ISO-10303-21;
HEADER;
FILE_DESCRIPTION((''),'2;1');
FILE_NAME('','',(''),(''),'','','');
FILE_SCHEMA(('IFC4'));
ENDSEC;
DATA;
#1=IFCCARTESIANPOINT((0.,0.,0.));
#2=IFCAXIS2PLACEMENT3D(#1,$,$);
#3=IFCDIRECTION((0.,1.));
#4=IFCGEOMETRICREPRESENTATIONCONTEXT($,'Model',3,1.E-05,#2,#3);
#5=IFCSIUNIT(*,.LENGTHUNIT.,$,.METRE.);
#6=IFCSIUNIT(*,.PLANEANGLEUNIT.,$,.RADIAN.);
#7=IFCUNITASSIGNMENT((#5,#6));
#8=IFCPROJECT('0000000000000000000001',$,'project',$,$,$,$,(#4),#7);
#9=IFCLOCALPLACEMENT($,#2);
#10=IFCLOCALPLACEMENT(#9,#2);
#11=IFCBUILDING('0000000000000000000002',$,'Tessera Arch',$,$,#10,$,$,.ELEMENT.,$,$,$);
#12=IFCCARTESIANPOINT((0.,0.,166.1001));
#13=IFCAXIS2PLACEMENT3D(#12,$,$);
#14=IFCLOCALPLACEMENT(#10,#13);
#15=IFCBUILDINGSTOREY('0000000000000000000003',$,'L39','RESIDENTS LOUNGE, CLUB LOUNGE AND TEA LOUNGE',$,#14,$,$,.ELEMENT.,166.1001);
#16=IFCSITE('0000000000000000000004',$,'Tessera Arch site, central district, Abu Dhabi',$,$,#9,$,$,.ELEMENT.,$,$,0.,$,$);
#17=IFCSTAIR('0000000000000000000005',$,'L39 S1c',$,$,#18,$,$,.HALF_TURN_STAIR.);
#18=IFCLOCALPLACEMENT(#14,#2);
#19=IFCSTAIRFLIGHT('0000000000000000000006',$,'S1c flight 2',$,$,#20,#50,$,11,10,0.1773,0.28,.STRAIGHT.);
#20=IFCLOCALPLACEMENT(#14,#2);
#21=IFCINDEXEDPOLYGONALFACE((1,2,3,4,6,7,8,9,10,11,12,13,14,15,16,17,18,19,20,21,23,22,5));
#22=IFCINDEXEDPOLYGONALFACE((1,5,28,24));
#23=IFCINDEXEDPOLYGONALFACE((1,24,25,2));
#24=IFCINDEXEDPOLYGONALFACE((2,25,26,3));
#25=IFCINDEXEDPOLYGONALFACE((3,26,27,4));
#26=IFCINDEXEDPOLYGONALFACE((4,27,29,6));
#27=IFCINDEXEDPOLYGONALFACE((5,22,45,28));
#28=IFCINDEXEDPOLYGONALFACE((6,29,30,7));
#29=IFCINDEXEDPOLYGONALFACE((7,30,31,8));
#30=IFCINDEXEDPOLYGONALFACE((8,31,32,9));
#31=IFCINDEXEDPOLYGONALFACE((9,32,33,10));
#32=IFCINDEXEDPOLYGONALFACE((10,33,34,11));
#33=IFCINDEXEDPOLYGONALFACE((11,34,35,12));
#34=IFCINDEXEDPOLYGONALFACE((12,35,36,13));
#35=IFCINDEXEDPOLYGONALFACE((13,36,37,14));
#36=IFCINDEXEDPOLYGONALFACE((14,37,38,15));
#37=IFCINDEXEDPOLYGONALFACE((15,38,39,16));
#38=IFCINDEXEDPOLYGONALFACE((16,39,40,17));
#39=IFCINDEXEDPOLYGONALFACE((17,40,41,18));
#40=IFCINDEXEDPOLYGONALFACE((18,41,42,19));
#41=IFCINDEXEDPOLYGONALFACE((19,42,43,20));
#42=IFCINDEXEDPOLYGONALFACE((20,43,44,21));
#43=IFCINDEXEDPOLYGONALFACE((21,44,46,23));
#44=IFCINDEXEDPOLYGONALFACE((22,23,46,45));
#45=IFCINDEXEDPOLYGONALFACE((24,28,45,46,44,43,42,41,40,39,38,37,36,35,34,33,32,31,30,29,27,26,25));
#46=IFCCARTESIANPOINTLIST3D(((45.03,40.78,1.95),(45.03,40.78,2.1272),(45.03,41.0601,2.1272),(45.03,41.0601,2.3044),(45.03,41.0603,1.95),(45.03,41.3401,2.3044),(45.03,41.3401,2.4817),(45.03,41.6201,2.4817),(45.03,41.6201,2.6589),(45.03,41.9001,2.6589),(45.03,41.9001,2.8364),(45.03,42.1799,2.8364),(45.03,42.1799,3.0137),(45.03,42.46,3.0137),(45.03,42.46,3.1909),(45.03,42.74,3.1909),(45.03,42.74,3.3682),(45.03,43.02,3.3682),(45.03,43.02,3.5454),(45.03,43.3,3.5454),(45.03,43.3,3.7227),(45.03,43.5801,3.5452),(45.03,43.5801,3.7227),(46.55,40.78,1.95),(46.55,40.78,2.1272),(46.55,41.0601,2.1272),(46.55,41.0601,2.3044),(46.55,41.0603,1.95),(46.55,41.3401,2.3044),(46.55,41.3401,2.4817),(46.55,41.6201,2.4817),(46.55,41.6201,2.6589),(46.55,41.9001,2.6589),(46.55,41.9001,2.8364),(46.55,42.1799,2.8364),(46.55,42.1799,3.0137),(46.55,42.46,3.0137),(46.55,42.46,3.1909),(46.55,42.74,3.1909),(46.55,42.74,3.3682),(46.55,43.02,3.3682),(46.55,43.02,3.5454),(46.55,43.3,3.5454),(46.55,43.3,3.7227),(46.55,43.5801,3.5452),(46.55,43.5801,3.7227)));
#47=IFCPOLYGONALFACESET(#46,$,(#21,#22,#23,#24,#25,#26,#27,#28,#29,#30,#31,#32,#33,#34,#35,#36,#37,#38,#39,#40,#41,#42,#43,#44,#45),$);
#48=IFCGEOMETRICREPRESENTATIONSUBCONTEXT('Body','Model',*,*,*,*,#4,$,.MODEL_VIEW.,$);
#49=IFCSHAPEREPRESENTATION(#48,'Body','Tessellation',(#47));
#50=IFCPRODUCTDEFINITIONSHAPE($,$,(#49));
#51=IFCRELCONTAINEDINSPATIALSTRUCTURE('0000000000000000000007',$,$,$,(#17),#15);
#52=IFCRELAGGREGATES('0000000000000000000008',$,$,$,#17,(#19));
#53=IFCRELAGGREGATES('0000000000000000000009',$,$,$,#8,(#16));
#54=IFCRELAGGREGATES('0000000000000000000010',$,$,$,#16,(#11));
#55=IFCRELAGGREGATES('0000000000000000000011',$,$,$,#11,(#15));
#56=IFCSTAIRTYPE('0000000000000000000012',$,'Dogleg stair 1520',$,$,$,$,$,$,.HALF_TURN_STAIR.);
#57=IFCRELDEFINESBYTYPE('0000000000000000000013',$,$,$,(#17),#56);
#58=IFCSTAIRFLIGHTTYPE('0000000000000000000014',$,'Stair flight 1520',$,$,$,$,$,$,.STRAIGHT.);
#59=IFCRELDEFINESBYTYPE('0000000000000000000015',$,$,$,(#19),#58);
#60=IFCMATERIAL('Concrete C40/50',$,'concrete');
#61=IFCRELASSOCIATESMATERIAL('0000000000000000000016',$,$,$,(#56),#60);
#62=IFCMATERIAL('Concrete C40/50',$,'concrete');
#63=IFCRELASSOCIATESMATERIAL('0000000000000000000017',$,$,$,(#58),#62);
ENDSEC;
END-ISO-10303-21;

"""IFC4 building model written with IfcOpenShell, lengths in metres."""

from ifc_helpers import new_model, si_unit, direction, frame, origin, place, context, subcontext, project, spatial, polyline, outline, extrude, material, type_object, element, aggregate, save


model = new_model("IFC4")

# Units and contexts
model_context = context("Model", 3, precision=1e-05, world=origin(), true_north=direction((0.0, 1.0)))
body_context = subcontext(model_context, "Body", "Model", "MODEL_VIEW")
ifc_project = project(units=[si_unit("LENGTHUNIT", "METRE"), si_unit("PLANEANGLEUNIT", "RADIAN")], contexts=[model_context])

# Site, building, storey
site_placement = place(None, origin())
site = spatial("IfcSite", under=ifc_project, at=site_placement, Name="Tessera Arch site, central district, Abu Dhabi", CompositionType="ELEMENT", RefElevation=0.0)
building_placement = place(site_placement, origin())
building = spatial("IfcBuilding", under=site, at=building_placement, Name="Tessera Arch", CompositionType="ELEMENT")
storey_placement = place(building_placement, frame((0.0, 0.0, 166.1001)))
storey = spatial("IfcBuildingStorey", under=building, at=storey_placement, Name="L39", Description="RESIDENTS LOUNGE, CLUB LOUNGE AND TEA LOUNGE", CompositionType="ELEMENT", Elevation=166.1001)

# Stair, stair flight
ifc_material_1 = material(Name="Concrete C40/50", Category="concrete")
stair_type = type_object("IfcStairType", Name="Dogleg stair 1520", PredefinedType="HALF_TURN_STAIR", material=ifc_material_1)
ifc_material_2 = material(Name="Concrete C40/50", Category="concrete")
stair_flight_type = type_object("IfcStairFlightType", Name="Stair flight 1520", PredefinedType="STRAIGHT", material=ifc_material_2)
stair_1_placement = place(storey_placement, origin())
stair_1 = element("IfcStair", 1, at=stair_1_placement, inside=storey, type_object=stair_type, Name="L39 S1c", PredefinedType="HALF_TURN_STAIR")
stair_flight_1_placement = place(storey_placement, frame((45.79, 40.78, 1.95), z_axis=(0.0, 0.0, 1.0), x_axis=(0.0, 1.0, 0.0)))
stair_flight_1 = element("IfcStairFlight", 2, at=stair_flight_1_placement, type_object=stair_flight_type, Name="S1c flight 2", NumberOfRisers=11, NumberOfTreads=10, PredefinedType="STRAIGHT", RiserHeight=0.1773, TreadLength=0.28, context=body_context, shape_type="SweptSolid", body=[
    extrude(outline(polyline([(0.0, 0.0), (0.0, 0.1772), (0.28, 0.1772), (0.28, 0.3545), (0.5601, 0.3545), (0.5601, 0.5317), (0.8401, 0.5317), (0.8401, 0.709), (1.1201, 0.709), (1.1201, 0.8865), (1.3999, 0.8865), (1.3999, 1.0637), (1.6799, 1.0637), (1.6799, 1.241), (1.96, 1.241), (1.96, 1.4182), (2.24, 1.4182), (2.24, 1.5955), (2.52, 1.5955), (2.52, 1.7727), (2.8, 1.7727), (2.8, 1.95), (2.8, 1.5952), (0.2803, 0.0), (0.0, 0.0)])), frame((0.0, 0.76, 0.0), z_axis=(0.0, -1.0, 0.0), x_axis=(1.0, 0.0, 0.0)), (0.0, 0.0, 1.0), 1.52),
])
aggregate(stair_1, [stair_flight_1])

save(model, "model.ifc")
